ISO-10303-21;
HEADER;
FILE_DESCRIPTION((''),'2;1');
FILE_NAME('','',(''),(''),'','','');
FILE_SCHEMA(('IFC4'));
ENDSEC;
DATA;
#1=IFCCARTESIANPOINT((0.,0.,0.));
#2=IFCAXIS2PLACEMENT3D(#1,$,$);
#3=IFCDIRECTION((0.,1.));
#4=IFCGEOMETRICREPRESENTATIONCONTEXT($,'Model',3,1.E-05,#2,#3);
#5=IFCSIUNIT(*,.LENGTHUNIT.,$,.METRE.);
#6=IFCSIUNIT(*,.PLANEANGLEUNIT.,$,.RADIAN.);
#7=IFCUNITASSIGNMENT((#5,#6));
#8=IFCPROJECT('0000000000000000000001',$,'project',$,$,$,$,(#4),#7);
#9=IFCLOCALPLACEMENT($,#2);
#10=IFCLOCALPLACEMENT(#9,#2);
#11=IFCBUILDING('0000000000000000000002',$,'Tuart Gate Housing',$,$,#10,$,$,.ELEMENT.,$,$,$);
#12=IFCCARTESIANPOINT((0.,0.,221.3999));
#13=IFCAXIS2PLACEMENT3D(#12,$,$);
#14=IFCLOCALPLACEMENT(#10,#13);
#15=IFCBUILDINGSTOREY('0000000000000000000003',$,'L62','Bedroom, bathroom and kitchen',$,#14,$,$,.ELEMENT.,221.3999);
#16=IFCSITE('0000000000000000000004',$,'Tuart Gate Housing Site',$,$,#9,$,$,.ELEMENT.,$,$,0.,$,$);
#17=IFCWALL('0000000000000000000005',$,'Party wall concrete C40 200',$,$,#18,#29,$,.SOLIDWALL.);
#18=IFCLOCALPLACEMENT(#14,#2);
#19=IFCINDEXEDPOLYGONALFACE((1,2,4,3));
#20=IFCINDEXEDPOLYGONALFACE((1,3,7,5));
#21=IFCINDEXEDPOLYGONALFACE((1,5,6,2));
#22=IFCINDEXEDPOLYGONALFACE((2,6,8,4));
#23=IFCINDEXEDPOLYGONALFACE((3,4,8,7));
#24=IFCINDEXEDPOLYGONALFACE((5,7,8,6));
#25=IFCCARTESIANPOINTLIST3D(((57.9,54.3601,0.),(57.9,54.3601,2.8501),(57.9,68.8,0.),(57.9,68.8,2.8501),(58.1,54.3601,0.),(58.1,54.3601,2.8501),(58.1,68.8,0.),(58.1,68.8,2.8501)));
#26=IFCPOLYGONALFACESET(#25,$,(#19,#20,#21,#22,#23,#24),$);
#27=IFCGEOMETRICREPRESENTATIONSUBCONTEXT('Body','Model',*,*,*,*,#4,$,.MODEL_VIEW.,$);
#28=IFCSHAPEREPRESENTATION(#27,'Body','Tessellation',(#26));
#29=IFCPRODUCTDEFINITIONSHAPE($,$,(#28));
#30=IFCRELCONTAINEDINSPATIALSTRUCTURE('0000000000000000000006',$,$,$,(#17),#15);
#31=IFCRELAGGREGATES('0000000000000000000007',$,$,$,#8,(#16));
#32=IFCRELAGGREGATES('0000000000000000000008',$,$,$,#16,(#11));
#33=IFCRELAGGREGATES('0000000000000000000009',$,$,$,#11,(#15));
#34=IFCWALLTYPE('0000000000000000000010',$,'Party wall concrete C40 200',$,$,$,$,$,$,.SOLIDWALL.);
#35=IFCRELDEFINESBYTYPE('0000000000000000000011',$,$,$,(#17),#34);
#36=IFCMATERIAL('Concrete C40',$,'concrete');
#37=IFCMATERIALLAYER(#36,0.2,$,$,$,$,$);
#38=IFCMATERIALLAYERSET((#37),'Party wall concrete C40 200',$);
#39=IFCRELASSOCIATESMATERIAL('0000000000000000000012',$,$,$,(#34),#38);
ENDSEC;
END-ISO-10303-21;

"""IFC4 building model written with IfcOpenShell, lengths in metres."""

from ifc_helpers import new_model, si_unit, direction, frame, frame_2d, origin, place, context, subcontext, project, spatial, rectangle, extrude, material, layer, layer_set, type_object, element, save


model = new_model("IFC4")

# Units and contexts
model_context = context("Model", 3, precision=1e-05, world=origin(), true_north=direction((0.0, 1.0)))
body_context = subcontext(model_context, "Body", "Model", "MODEL_VIEW")
ifc_project = project(units=[si_unit("LENGTHUNIT", "METRE"), si_unit("PLANEANGLEUNIT", "RADIAN")], contexts=[model_context])

# Site, building, storey
site_placement = place(None, origin())
site = spatial("IfcSite", under=ifc_project, at=site_placement, Name="Tuart Gate Housing Site", CompositionType="ELEMENT", RefElevation=0.0)
building_placement = place(site_placement, origin())
building = spatial("IfcBuilding", under=site, at=building_placement, Name="Tuart Gate Housing", CompositionType="ELEMENT")
storey_placement = place(building_placement, frame((0.0, 0.0, 221.3999)))
storey = spatial("IfcBuildingStorey", under=building, at=storey_placement, Name="L62", Description="Bedroom, bathroom and kitchen", CompositionType="ELEMENT", Elevation=221.3999)

# Wall
ifc_material_1 = material(Name="Concrete C40", Category="concrete")
ifc_layer_1 = layer(ifc_material_1, 0.2)
ifc_layer_set_1 = layer_set([ifc_layer_1], Name="Party wall concrete C40 200")
wall_type_1 = type_object("IfcWallType", Name="Party wall concrete C40 200", PredefinedType="SOLIDWALL", material=ifc_layer_set_1)
for number, where, z_axis, x_axis, name in (
    (1, (58.0, 54.3601, 0.0), (0.0, 0.0, 1.0), (0.0, 1.0, 0.0), "Party wall concrete C40 200"),
):
    element("IfcWall", number, at=place(storey_placement, frame(where, z_axis=z_axis, x_axis=x_axis)), inside=storey, type_object=wall_type_1, Name=name, PredefinedType="SOLIDWALL", context=body_context, shape_type="SweptSolid", body=[
        extrude(rectangle(XDim=14.4399, YDim=0.2, at=frame_2d((7.22, 0.0))), origin(), (0.0, 0.0, 1.0), 2.8501),
    ])

save(model, "model.ifc")
